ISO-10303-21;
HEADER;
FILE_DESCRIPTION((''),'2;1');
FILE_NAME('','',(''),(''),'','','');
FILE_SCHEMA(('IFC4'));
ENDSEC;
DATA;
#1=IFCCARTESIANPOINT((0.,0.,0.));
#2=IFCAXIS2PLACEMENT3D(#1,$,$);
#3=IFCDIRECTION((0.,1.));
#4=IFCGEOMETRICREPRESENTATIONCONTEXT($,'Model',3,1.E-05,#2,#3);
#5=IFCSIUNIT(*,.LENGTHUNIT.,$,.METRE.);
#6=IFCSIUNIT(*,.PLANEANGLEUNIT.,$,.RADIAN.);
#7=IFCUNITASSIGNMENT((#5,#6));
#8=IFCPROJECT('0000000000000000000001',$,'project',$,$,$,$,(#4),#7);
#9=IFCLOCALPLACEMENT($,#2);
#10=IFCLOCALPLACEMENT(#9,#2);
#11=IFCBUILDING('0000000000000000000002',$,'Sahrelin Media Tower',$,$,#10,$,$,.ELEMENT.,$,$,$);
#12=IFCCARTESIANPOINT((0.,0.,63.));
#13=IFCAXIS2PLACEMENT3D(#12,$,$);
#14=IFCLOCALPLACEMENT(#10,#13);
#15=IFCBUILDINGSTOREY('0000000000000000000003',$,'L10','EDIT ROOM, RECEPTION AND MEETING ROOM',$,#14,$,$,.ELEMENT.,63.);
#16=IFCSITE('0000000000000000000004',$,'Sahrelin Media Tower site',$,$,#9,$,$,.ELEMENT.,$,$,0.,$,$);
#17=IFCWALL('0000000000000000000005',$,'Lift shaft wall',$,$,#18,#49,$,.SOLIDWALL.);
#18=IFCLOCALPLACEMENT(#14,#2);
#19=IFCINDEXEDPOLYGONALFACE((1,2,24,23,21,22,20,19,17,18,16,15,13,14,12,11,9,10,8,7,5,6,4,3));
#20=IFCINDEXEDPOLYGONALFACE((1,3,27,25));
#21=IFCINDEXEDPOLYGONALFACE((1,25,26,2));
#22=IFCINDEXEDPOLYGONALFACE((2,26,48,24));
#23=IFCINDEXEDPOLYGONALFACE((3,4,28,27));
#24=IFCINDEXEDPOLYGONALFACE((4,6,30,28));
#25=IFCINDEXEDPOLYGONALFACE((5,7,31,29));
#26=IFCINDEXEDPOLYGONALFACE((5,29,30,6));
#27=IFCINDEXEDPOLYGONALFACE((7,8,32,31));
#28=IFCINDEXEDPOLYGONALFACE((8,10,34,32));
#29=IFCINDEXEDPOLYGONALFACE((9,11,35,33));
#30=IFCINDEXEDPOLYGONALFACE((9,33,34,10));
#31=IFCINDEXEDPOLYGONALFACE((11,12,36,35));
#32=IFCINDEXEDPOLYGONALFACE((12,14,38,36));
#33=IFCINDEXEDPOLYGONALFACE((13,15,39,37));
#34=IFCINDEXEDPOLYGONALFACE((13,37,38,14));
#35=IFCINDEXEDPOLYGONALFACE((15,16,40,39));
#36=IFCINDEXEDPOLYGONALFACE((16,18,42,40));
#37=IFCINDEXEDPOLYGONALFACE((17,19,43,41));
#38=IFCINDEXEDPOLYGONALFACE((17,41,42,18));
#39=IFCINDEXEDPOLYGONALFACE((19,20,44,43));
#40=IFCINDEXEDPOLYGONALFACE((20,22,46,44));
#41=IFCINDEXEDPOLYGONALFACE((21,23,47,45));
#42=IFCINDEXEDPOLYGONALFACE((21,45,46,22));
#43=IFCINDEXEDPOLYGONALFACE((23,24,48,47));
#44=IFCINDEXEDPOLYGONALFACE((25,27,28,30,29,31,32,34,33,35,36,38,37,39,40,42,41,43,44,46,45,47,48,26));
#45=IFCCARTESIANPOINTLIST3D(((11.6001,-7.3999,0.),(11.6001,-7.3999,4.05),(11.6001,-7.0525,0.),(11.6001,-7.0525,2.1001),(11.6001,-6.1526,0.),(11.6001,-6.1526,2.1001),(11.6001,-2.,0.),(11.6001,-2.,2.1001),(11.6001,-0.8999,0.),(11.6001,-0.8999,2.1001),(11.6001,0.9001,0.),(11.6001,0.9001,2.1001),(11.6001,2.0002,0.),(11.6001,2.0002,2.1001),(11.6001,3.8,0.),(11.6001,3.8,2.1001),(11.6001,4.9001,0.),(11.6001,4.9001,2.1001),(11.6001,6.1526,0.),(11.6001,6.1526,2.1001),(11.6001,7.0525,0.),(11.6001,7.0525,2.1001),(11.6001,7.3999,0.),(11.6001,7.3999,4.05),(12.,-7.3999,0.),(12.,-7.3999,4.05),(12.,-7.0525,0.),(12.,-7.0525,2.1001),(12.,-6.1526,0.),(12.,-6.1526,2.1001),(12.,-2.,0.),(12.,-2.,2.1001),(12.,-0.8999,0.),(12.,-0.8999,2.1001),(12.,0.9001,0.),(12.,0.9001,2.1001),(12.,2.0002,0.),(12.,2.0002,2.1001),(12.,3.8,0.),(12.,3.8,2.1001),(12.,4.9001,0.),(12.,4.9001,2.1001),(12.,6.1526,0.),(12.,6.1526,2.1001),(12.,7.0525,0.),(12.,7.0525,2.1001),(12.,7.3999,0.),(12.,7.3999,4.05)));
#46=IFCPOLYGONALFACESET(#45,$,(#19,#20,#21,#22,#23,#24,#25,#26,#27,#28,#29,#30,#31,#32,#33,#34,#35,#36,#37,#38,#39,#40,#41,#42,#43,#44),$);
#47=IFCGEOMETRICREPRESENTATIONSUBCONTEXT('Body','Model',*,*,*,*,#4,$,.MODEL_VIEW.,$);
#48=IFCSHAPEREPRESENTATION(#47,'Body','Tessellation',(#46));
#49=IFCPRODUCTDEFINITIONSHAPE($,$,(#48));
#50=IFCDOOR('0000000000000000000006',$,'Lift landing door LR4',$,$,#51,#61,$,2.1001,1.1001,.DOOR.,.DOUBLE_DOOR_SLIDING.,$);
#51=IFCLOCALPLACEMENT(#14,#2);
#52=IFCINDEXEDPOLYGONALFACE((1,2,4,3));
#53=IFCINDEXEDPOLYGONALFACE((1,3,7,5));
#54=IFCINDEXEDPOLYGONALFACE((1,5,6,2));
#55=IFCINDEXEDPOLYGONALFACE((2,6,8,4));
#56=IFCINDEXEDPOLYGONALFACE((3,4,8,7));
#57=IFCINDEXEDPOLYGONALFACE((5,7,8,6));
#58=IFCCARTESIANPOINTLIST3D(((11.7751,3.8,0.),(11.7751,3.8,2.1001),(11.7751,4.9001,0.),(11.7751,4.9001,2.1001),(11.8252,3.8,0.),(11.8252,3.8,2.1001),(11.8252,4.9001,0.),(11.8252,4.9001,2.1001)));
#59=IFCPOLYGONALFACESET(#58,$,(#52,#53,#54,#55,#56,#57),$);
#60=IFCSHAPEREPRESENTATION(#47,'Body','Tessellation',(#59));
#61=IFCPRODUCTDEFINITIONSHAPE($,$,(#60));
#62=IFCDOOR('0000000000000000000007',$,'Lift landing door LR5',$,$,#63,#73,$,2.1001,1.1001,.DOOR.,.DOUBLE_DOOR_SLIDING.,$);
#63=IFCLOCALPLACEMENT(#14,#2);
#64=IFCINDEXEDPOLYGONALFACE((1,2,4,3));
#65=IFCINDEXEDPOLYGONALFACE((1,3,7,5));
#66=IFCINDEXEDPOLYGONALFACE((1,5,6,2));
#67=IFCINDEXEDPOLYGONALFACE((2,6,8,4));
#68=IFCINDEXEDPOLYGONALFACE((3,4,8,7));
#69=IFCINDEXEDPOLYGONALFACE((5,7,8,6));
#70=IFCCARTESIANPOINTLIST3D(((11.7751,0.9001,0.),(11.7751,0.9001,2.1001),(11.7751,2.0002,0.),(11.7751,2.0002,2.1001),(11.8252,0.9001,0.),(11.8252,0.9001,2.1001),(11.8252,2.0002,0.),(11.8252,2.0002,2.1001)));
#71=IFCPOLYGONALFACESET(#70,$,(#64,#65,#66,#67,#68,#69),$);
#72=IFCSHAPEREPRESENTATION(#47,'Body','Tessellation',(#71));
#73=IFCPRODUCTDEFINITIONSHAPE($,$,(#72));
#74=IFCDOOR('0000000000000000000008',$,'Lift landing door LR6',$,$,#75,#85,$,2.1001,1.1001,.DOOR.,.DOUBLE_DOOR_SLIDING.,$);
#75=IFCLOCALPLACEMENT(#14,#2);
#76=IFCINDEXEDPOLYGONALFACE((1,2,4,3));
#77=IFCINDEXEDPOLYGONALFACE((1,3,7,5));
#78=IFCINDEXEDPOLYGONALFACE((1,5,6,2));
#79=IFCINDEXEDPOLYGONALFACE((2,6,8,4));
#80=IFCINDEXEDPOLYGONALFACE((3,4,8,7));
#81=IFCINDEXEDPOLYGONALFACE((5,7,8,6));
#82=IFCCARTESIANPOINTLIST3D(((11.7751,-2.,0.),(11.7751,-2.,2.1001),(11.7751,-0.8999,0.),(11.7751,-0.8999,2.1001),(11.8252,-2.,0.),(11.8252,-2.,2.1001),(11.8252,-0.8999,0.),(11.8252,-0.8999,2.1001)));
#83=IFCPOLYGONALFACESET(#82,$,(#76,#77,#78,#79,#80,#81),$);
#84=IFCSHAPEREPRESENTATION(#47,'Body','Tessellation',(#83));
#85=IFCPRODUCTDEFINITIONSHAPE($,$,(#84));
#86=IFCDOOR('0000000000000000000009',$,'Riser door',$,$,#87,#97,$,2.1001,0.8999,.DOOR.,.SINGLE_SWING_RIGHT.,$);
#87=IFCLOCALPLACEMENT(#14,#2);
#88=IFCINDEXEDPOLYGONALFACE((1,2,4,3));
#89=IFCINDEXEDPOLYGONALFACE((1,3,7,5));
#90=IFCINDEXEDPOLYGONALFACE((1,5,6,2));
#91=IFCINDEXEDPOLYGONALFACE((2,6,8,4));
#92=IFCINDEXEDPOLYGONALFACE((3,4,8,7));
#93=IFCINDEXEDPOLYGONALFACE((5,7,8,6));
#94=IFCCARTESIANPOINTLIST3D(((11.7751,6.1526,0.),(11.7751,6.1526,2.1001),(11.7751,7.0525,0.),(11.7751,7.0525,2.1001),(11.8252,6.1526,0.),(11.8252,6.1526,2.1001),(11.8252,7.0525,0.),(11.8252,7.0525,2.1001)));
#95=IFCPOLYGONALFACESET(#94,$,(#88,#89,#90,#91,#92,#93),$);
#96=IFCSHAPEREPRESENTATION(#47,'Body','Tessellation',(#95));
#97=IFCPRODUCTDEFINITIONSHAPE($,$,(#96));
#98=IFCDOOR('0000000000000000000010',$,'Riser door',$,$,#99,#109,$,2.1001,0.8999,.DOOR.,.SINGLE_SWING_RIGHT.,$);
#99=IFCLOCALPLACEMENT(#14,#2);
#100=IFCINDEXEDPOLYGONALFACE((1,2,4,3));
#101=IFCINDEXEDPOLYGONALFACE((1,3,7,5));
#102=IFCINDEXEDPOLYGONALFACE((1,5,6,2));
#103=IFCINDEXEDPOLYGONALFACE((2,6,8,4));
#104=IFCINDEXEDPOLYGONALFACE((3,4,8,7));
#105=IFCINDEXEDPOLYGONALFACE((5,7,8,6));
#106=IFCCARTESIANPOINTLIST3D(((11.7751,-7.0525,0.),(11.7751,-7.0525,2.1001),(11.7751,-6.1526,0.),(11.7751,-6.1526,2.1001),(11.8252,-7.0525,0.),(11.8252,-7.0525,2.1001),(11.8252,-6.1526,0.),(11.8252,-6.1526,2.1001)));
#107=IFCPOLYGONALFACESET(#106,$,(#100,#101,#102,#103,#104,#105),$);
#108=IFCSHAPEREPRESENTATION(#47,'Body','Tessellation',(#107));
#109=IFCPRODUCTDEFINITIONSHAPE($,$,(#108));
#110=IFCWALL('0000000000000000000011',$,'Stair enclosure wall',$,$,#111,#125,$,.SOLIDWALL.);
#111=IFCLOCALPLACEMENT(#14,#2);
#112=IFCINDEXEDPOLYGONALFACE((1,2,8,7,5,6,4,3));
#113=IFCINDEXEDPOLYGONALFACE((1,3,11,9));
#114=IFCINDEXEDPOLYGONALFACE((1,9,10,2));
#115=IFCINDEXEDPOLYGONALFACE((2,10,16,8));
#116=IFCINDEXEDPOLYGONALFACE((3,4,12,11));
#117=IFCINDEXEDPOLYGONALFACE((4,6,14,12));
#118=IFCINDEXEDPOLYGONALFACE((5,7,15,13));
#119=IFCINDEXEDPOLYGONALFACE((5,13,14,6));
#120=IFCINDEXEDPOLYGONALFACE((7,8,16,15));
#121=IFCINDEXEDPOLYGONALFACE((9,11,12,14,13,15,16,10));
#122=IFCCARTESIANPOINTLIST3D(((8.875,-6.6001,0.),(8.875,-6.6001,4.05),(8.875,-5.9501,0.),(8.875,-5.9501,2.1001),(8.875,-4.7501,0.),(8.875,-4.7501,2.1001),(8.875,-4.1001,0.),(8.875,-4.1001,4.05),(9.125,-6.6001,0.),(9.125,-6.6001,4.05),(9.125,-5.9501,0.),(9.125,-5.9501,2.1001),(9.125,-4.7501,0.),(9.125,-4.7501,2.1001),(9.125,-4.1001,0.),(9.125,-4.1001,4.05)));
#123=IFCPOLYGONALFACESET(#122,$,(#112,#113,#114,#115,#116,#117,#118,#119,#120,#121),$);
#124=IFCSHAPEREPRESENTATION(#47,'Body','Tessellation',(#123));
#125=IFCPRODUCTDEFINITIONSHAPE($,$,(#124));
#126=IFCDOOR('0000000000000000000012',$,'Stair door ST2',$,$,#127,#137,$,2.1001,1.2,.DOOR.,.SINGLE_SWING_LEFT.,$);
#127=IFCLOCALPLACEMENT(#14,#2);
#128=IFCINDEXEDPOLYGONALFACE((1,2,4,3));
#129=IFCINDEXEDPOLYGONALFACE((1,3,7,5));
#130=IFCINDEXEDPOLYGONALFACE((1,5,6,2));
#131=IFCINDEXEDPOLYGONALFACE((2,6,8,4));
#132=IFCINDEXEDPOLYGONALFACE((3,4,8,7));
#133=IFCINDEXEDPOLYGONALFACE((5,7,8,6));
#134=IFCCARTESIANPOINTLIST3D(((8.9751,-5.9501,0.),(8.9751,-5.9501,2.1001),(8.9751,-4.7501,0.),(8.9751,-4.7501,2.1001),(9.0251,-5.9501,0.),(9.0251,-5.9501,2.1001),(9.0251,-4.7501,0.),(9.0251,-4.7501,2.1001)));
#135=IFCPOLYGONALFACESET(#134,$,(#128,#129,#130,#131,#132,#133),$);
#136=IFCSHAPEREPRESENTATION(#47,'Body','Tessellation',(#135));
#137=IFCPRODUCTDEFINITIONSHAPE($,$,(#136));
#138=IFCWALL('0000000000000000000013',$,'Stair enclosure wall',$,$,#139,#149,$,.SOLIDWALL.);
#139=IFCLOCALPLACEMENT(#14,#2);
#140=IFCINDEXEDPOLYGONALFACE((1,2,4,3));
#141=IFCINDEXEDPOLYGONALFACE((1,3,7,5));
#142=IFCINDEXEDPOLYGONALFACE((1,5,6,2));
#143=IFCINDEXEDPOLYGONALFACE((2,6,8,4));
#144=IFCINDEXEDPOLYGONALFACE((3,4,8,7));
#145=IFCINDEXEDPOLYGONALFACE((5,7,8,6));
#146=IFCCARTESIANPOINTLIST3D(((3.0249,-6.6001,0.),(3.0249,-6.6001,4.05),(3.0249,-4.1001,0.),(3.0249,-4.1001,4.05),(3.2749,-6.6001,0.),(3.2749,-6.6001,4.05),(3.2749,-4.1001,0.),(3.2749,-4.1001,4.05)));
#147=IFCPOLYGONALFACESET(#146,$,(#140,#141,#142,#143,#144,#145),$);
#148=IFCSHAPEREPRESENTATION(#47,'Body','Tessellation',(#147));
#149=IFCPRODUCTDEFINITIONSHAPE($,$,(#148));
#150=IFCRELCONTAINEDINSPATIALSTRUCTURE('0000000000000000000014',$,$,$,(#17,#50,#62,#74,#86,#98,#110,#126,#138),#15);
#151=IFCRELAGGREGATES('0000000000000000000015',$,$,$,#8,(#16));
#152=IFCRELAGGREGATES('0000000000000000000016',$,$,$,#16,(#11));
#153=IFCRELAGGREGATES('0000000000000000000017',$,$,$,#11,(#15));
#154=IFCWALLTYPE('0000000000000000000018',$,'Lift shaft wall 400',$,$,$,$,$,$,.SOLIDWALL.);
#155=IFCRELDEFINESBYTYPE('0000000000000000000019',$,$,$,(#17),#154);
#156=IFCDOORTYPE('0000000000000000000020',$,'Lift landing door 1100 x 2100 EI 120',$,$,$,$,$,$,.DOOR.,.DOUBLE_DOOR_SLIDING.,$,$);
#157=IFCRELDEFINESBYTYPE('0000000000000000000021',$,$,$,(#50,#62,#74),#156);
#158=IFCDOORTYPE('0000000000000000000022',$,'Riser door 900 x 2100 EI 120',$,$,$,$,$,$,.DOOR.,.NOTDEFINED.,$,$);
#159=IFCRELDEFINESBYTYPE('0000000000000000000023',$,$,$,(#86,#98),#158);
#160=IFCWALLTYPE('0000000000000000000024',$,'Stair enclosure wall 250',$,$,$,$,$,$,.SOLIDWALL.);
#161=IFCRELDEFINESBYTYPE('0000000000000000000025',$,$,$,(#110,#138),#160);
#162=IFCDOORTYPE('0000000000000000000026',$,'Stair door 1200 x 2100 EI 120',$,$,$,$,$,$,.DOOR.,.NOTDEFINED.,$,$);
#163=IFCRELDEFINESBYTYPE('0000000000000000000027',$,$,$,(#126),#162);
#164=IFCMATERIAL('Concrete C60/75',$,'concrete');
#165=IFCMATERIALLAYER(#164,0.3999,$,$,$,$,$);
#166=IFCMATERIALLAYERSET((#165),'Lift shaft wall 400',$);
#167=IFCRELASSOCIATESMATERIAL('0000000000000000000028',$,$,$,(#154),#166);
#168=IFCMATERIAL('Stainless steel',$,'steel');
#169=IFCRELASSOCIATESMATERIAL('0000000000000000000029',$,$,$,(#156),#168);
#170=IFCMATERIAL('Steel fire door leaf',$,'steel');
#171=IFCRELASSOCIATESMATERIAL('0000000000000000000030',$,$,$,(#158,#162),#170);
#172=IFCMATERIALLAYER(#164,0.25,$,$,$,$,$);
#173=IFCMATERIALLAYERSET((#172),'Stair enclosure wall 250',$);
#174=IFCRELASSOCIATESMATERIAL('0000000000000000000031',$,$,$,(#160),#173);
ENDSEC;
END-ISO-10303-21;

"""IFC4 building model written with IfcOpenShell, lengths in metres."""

from ifc_helpers import new_model, si_unit, direction, frame, frame_2d, origin, place, context, subcontext, project, spatial, rectangle, extrude, material, layer, layer_set, type_object, element, fill, save


model = new_model("IFC4")

# Units and contexts
model_context = context("Model", 3, precision=1e-05, world=origin(), true_north=direction((0.0, 1.0)))
body_context = subcontext(model_context, "Body", "Model", "MODEL_VIEW")
ifc_project = project(units=[si_unit("LENGTHUNIT", "METRE"), si_unit("PLANEANGLEUNIT", "RADIAN")], contexts=[model_context])

# Site, building, storey
site_placement = place(None, origin())
site = spatial("IfcSite", under=ifc_project, at=site_placement, Name="Sahrelin Media Tower site", CompositionType="ELEMENT", RefElevation=0.0)
building_placement = place(site_placement, origin())
building = spatial("IfcBuilding", under=site, at=building_placement, Name="Sahrelin Media Tower", CompositionType="ELEMENT")
storey_placement = place(building_placement, frame((0.0, 0.0, 63.0)))
storey = spatial("IfcBuildingStorey", under=building, at=storey_placement, Name="L10", Description="EDIT ROOM, RECEPTION AND MEETING ROOM", CompositionType="ELEMENT", Elevation=63.0)

# Shared definitions
ifc_material_1 = material(Name="Concrete C60/75", Category="concrete")

# Shared definitions
ifc_material_2 = material(Name="Steel fire door leaf", Category="steel")

# Wall, openings, doors
ifc_layer_1 = layer(ifc_material_1, 0.3999)
ifc_layer_set_1 = layer_set([ifc_layer_1], Name="Lift shaft wall 400")
wall_type_1 = type_object("IfcWallType", Name="Lift shaft wall 400", PredefinedType="SOLIDWALL", material=ifc_layer_set_1)
wall_1_placement = place(storey_placement, frame((11.8, -7.3999, 0.0), z_axis=(0.0, 0.0, 1.0), x_axis=(0.0, 1.0, 0.0)))
wall_1 = element("IfcWall", 1, at=wall_1_placement, inside=storey, type_object=wall_type_1, Name="Lift shaft wall", PredefinedType="SOLIDWALL", context=body_context, shape_type="SweptSolid", body=[
    extrude(rectangle(XDim=14.7998, YDim=0.3999, at=frame_2d((7.3999, 0.0))), origin(), (0.0, 0.0, 1.0), 4.05),
])
opening_1_placement = place(wall_1_placement, frame((11.2, 0.0, 0.0)))
opening_1 = element("IfcOpeningElement", 2, at=opening_1_placement, cuts=wall_1, PredefinedType="OPENING", context=body_context, shape_type="SweptSolid", body=[
    extrude(rectangle(XDim=1.1001, YDim=2.1001, at=frame_2d((0.55, 1.05))), frame((0.0, 0.2, 0.0), z_axis=(0.0, -1.0, 0.0), x_axis=(1.0, 0.0, 0.0)), (0.0, 0.0, 1.0), 0.3999),
])
opening_2_placement = place(wall_1_placement, frame((8.3, 0.0, 0.0)))
opening_2 = element("IfcOpeningElement", 3, at=opening_2_placement, cuts=wall_1, PredefinedType="OPENING", context=body_context, shape_type="SweptSolid", body=[
    extrude(rectangle(XDim=1.1001, YDim=2.1001, at=frame_2d((0.55, 1.05))), frame((0.0, 0.2, 0.0), z_axis=(0.0, -1.0, 0.0), x_axis=(1.0, 0.0, 0.0)), (0.0, 0.0, 1.0), 0.3999),
])
opening_3_placement = place(wall_1_placement, frame((5.3999, 0.0, 0.0)))
opening_3 = element("IfcOpeningElement", 4, at=opening_3_placement, cuts=wall_1, PredefinedType="OPENING", context=body_context, shape_type="SweptSolid", body=[
    extrude(rectangle(XDim=1.1001, YDim=2.1001, at=frame_2d((0.55, 1.05))), frame((0.0, 0.2, 0.0), z_axis=(0.0, -1.0, 0.0), x_axis=(1.0, 0.0, 0.0)), (0.0, 0.0, 1.0), 0.3999),
])
opening_4_placement = place(wall_1_placement, frame((13.5525, 0.0, 0.0)))
opening_4 = element("IfcOpeningElement", 5, at=opening_4_placement, cuts=wall_1, PredefinedType="OPENING", context=body_context, shape_type="SweptSolid", body=[
    extrude(rectangle(XDim=0.8999, YDim=2.1001, at=frame_2d((0.45, 1.05))), frame((0.0, 0.2, 0.0), z_axis=(0.0, -1.0, 0.0), x_axis=(1.0, 0.0, 0.0)), (0.0, 0.0, 1.0), 0.3999),
])
opening_5_placement = place(wall_1_placement, frame((0.3474, 0.0, 0.0)))
opening_5 = element("IfcOpeningElement", 6, at=opening_5_placement, cuts=wall_1, PredefinedType="OPENING", context=body_context, shape_type="SweptSolid", body=[
    extrude(rectangle(XDim=0.8999, YDim=2.1001, at=frame_2d((0.45, 1.05))), frame((0.0, 0.2, 0.0), z_axis=(0.0, -1.0, 0.0), x_axis=(1.0, 0.0, 0.0)), (0.0, 0.0, 1.0), 0.3999),
])
ifc_material_3 = material(Name="Stainless steel", Category="steel")
door_type_1 = type_object("IfcDoorType", Name="Lift landing door 1100 x 2100 EI 120", OperationType="DOUBLE_DOOR_SLIDING", PredefinedType="DOOR", material=ifc_material_3)
door_1_placement = place(opening_1_placement, origin())
door_1 = element("IfcDoor", 7, at=door_1_placement, inside=storey, type_object=door_type_1, Name="Lift landing door LR4", OperationType="DOUBLE_DOOR_SLIDING", OverallHeight=2.1001, OverallWidth=1.1001, PredefinedType="DOOR", context=body_context, shape_type="SweptSolid", body=[
    extrude(rectangle(XDim=1.1001, YDim=2.1001, at=frame_2d((0.55, 1.05))), frame((0.0, 0.0249, 0.0), z_axis=(0.0, -1.0, 0.0), x_axis=(1.0, 0.0, 0.0)), (0.0, 0.0, 1.0), 0.05),
])
fill(opening_1, door_1)
door_2_placement = place(opening_2_placement, origin())
door_2 = element("IfcDoor", 8, at=door_2_placement, inside=storey, type_object=door_type_1, Name="Lift landing door LR5", OperationType="DOUBLE_DOOR_SLIDING", OverallHeight=2.1001, OverallWidth=1.1001, PredefinedType="DOOR", context=body_context, shape_type="SweptSolid", body=[
    extrude(rectangle(XDim=1.1001, YDim=2.1001, at=frame_2d((0.55, 1.05))), frame((0.0, 0.0249, 0.0), z_axis=(0.0, -1.0, 0.0), x_axis=(1.0, 0.0, 0.0)), (0.0, 0.0, 1.0), 0.05),
])
fill(opening_2, door_2)
door_3_placement = place(opening_3_placement, origin())
door_3 = element("IfcDoor", 9, at=door_3_placement, inside=storey, type_object=door_type_1, Name="Lift landing door LR6", OperationType="DOUBLE_DOOR_SLIDING", OverallHeight=2.1001, OverallWidth=1.1001, PredefinedType="DOOR", context=body_context, shape_type="SweptSolid", body=[
    extrude(rectangle(XDim=1.1001, YDim=2.1001, at=frame_2d((0.55, 1.05))), frame((0.0, 0.0249, 0.0), z_axis=(0.0, -1.0, 0.0), x_axis=(1.0, 0.0, 0.0)), (0.0, 0.0, 1.0), 0.05),
])
fill(opening_3, door_3)
door_type_2 = type_object("IfcDoorType", Name="Riser door 900 x 2100 EI 120", OperationType="NOTDEFINED", PredefinedType="DOOR", material=ifc_material_2)
door_4_placement = place(opening_4_placement, origin())
door_4 = element("IfcDoor", 10, at=door_4_placement, inside=storey, type_object=door_type_2, Name="Riser door", OperationType="SINGLE_SWING_RIGHT", OverallHeight=2.1001, OverallWidth=0.8999, PredefinedType="DOOR", context=body_context, shape_type="SweptSolid", body=[
    extrude(rectangle(XDim=0.8999, YDim=2.1001, at=frame_2d((0.45, 1.05))), frame((0.0, 0.0249, 0.0), z_axis=(0.0, -1.0, 0.0), x_axis=(1.0, 0.0, 0.0)), (0.0, 0.0, 1.0), 0.05),
])
fill(opening_4, door_4)
door_5_placement = place(opening_5_placement, origin())
door_5 = element("IfcDoor", 11, at=door_5_placement, inside=storey, type_object=door_type_2, Name="Riser door", OperationType="SINGLE_SWING_RIGHT", OverallHeight=2.1001, OverallWidth=0.8999, PredefinedType="DOOR", context=body_context, shape_type="SweptSolid", body=[
    extrude(rectangle(XDim=0.8999, YDim=2.1001, at=frame_2d((0.45, 1.05))), frame((0.0, 0.0249, 0.0), z_axis=(0.0, -1.0, 0.0), x_axis=(1.0, 0.0, 0.0)), (0.0, 0.0, 1.0), 0.05),
])
fill(opening_5, door_5)

# Wall, opening, door
ifc_layer_2 = layer(ifc_material_1, 0.25)
ifc_layer_set_2 = layer_set([ifc_layer_2], Name="Stair enclosure wall 250")
wall_type_2 = type_object("IfcWallType", Name="Stair enclosure wall 250", PredefinedType="SOLIDWALL", material=ifc_layer_set_2)
wall_2_placement = place(storey_placement, frame((9.0, -6.6001, 0.0), z_axis=(0.0, 0.0, 1.0), x_axis=(0.0, 1.0, 0.0)))
wall_2 = element("IfcWall", 12, at=wall_2_placement, inside=storey, type_object=wall_type_2, Name="Stair enclosure wall", PredefinedType="SOLIDWALL", context=body_context, shape_type="SweptSolid", body=[
    extrude(rectangle(XDim=2.5, YDim=0.25, at=frame_2d((1.25, 0.0))), origin(), (0.0, 0.0, 1.0), 4.05),
])
opening_6_placement = place(wall_2_placement, frame((0.6499, 0.0, 0.0)))
opening_6 = element("IfcOpeningElement", 13, at=opening_6_placement, cuts=wall_2, PredefinedType="OPENING", context=body_context, shape_type="SweptSolid", body=[
    extrude(rectangle(XDim=1.2, YDim=2.1001, at=frame_2d((0.6001, 1.05))), frame((0.0, 0.125, 0.0), z_axis=(0.0, -1.0, 0.0), x_axis=(1.0, 0.0, 0.0)), (0.0, 0.0, 1.0), 0.25),
])
door_type_3 = type_object("IfcDoorType", Name="Stair door 1200 x 2100 EI 120", OperationType="NOTDEFINED", PredefinedType="DOOR", material=ifc_material_2)
door_6_placement = place(opening_6_placement, origin())
door_6 = element("IfcDoor", 14, at=door_6_placement, inside=storey, type_object=door_type_3, Name="Stair door ST2", OperationType="SINGLE_SWING_LEFT", OverallHeight=2.1001, OverallWidth=1.2, PredefinedType="DOOR", context=body_context, shape_type="SweptSolid", body=[
    extrude(rectangle(XDim=1.2, YDim=2.1001, at=frame_2d((0.6001, 1.05))), frame((0.0, 0.0249, 0.0), z_axis=(0.0, -1.0, 0.0), x_axis=(1.0, 0.0, 0.0)), (0.0, 0.0, 1.0), 0.05),
])
fill(opening_6, door_6)

# Wall
wall_3_placement = place(storey_placement, frame((3.1499, -6.6001, 0.0), z_axis=(0.0, 0.0, 1.0), x_axis=(0.0, 1.0, 0.0)))
element("IfcWall", 15, at=wall_3_placement, inside=storey, type_object=wall_type_2, Name="Stair enclosure wall", PredefinedType="SOLIDWALL", context=body_context, shape_type="SweptSolid", body=[
    extrude(rectangle(XDim=2.5, YDim=0.25, at=frame_2d((1.25, 0.0))), origin(), (0.0, 0.0, 1.0), 4.05),
])

save(model, "model.ifc")
